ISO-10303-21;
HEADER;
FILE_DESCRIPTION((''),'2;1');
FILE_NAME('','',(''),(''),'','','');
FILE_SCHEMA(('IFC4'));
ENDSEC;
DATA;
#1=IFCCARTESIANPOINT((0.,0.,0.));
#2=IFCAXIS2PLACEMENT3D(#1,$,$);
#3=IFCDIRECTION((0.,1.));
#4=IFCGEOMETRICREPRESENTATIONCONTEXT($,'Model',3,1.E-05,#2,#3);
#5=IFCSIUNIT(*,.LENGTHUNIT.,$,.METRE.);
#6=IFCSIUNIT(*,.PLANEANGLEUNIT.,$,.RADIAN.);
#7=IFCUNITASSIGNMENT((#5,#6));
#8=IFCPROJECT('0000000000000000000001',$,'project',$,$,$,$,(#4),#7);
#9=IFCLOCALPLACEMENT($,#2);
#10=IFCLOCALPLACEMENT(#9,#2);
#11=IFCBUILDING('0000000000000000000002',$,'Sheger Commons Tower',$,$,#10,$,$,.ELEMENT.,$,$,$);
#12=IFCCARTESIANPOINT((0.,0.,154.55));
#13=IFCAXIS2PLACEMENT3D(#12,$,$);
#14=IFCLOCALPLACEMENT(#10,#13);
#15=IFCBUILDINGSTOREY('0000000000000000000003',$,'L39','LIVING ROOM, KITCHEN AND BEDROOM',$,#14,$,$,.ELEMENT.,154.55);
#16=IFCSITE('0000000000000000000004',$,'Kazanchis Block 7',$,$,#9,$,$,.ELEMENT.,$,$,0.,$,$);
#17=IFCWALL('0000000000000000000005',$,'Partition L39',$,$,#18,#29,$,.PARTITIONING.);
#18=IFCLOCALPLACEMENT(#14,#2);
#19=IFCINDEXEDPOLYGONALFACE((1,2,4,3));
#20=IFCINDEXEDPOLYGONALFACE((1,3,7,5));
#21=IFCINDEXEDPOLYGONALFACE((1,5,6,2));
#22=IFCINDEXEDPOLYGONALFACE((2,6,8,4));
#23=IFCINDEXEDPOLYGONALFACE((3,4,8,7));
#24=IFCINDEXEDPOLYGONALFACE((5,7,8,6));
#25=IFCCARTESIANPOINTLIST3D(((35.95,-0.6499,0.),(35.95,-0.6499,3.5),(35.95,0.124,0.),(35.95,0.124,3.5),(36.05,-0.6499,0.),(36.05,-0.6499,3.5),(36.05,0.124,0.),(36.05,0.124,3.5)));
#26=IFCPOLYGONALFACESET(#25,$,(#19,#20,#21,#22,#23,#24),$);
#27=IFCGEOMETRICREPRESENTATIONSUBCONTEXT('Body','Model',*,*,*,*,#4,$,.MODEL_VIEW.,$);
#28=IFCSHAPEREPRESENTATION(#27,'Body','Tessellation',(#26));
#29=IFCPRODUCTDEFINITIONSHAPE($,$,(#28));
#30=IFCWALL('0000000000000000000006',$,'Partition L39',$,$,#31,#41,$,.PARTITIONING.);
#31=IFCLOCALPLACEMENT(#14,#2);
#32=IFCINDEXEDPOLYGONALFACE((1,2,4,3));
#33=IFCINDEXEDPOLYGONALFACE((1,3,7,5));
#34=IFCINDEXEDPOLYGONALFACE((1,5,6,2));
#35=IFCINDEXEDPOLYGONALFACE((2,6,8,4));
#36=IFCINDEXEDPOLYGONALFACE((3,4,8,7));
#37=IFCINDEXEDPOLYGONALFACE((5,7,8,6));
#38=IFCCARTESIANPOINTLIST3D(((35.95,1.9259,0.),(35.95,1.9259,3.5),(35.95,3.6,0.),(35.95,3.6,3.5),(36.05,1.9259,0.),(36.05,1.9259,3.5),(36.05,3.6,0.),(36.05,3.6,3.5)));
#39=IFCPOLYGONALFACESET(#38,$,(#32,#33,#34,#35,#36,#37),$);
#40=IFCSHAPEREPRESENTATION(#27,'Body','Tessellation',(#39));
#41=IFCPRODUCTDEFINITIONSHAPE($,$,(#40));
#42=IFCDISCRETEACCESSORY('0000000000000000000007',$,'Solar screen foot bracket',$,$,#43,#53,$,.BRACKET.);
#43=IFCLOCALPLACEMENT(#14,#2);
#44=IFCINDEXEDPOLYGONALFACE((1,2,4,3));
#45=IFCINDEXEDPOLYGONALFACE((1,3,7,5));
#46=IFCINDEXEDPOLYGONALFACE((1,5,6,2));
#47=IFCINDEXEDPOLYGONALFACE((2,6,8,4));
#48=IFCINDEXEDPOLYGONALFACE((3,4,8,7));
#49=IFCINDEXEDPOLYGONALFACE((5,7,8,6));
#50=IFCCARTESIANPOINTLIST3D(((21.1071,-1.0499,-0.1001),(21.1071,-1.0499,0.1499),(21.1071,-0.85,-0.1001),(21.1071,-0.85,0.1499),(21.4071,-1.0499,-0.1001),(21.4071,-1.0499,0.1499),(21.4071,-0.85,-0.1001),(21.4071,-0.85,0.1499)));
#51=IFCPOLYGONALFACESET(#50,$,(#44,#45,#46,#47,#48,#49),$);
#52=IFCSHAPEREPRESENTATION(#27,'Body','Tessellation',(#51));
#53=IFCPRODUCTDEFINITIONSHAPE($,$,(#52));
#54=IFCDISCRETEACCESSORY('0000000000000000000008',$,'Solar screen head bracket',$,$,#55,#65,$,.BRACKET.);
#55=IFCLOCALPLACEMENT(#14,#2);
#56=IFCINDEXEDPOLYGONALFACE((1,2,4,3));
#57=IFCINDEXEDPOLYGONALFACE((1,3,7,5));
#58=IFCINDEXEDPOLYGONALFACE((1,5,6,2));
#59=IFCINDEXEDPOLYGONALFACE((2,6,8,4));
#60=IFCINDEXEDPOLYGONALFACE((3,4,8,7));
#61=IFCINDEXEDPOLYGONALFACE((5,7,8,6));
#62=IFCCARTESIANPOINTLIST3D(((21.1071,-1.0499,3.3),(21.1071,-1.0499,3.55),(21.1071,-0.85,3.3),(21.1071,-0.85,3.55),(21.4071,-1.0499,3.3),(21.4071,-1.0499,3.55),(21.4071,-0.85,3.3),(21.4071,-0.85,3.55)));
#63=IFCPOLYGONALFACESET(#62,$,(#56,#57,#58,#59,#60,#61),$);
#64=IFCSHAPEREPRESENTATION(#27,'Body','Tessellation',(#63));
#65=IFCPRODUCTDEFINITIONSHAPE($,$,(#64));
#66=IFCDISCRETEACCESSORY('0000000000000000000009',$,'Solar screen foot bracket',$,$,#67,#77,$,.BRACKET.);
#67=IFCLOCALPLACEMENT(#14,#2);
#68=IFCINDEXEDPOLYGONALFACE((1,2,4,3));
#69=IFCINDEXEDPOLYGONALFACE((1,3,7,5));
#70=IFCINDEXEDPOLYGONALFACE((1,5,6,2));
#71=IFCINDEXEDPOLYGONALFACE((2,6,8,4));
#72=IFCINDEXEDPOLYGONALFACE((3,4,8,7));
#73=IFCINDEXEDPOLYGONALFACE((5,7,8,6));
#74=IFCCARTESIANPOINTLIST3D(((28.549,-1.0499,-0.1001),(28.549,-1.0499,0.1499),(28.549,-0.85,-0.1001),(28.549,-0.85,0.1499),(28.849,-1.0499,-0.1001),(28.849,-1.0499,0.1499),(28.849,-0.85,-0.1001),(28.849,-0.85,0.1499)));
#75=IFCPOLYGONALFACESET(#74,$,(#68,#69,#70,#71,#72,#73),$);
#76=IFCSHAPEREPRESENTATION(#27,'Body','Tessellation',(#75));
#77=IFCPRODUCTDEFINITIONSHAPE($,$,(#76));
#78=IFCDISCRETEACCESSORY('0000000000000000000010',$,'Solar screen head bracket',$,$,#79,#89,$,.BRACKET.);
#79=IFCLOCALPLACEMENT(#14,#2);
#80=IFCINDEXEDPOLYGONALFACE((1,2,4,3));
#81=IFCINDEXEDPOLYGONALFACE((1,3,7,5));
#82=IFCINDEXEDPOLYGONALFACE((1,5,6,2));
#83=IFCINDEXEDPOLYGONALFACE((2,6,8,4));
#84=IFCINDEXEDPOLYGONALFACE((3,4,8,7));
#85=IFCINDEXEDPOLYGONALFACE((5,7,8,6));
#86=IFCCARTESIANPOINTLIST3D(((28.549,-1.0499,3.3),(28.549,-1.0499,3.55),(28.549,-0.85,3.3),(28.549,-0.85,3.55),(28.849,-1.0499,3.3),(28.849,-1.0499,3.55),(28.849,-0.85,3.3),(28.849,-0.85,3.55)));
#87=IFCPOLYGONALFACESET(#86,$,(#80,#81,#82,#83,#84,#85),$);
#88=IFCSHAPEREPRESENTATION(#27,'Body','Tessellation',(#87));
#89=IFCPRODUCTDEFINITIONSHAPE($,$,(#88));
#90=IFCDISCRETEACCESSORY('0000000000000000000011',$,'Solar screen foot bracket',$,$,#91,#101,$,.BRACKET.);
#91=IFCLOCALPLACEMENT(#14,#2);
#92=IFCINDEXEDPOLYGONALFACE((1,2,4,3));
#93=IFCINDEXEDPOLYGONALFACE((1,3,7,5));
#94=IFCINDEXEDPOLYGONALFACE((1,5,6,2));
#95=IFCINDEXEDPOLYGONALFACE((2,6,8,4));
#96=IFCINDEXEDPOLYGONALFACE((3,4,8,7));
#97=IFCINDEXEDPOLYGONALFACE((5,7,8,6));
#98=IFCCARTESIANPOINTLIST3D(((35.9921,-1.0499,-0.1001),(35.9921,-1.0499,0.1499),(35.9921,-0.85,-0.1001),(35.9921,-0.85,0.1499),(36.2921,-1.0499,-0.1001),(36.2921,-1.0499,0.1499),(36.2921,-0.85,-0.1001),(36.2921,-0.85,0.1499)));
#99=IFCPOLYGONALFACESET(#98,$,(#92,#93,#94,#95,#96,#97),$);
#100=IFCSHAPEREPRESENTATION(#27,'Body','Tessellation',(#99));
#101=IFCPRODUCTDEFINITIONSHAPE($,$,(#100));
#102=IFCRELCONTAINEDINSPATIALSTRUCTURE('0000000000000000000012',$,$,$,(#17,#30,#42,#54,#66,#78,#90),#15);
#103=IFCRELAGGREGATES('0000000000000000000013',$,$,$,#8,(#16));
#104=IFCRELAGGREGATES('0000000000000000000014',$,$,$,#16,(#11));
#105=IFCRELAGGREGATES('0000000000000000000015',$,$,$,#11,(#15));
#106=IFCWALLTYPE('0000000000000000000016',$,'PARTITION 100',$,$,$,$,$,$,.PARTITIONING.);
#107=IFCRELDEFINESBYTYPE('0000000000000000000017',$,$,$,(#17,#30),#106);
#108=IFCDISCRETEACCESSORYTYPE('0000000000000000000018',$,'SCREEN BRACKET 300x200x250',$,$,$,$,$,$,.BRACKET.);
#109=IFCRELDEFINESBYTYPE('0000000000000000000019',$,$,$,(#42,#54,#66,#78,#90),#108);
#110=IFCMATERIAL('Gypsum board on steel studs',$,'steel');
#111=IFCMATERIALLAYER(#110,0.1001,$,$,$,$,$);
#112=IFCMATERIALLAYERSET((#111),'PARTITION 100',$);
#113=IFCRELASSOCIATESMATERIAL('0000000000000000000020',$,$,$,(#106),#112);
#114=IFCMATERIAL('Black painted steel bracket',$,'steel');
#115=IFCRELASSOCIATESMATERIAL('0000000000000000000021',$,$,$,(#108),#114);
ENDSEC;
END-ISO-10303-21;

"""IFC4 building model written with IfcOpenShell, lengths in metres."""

from ifc_helpers import new_model, si_unit, direction, frame, frame_2d, origin, origin_2d, place, context, subcontext, project, spatial, rectangle, extrude, material, layer, layer_set, type_object, element, save


model = new_model("IFC4")

# Units and contexts
model_context = context("Model", 3, precision=1e-05, world=origin(), true_north=direction((0.0, 1.0)))
body_context = subcontext(model_context, "Body", "Model", "MODEL_VIEW")
ifc_project = project(units=[si_unit("LENGTHUNIT", "METRE"), si_unit("PLANEANGLEUNIT", "RADIAN")], contexts=[model_context])

# Site, building, storey
site_placement = place(None, origin())
site = spatial("IfcSite", under=ifc_project, at=site_placement, Name="Kazanchis Block 7", CompositionType="ELEMENT", RefElevation=0.0)
building_placement = place(site_placement, origin())
building = spatial("IfcBuilding", under=site, at=building_placement, Name="Sheger Commons Tower", CompositionType="ELEMENT")
storey_placement = place(building_placement, frame((0.0, 0.0, 154.55)))
storey = spatial("IfcBuildingStorey", under=building, at=storey_placement, Name="L39", Description="LIVING ROOM, KITCHEN AND BEDROOM", CompositionType="ELEMENT", Elevation=154.55)

# Shared definitions
ifc_material_1 = material(Name="Gypsum board on steel studs", Category="steel")
ifc_layer_1 = layer(ifc_material_1, 0.1001)
ifc_layer_set_1 = layer_set([ifc_layer_1], Name="PARTITION 100")
wall_type_1 = type_object("IfcWallType", Name="PARTITION 100", PredefinedType="PARTITIONING", material=ifc_layer_set_1)

# Walls
wall_1_placement = place(storey_placement, frame((36.0, -0.6499, 0.0), z_axis=(0.0, 0.0, 1.0), x_axis=(0.0, 1.0, 0.0)))
element("IfcWall", 1, at=wall_1_placement, inside=storey, type_object=wall_type_1, Name="Partition L39", PredefinedType="PARTITIONING", context=body_context, shape_type="SweptSolid", body=[
    extrude(rectangle(XDim=0.7739, YDim=0.1001, at=frame_2d((0.387, 0.0))), origin(), (0.0, 0.0, 1.0), 3.5),
])
wall_2_placement = place(storey_placement, frame((36.0, 1.926, 0.0), z_axis=(0.0, 0.0, 1.0), x_axis=(0.0, 1.0, 0.0)))
element("IfcWall", 2, at=wall_2_placement, inside=storey, type_object=wall_type_1, Name="Partition L39", PredefinedType="PARTITIONING", context=body_context, shape_type="SweptSolid", body=[
    extrude(rectangle(XDim=1.6741, YDim=0.1001, at=frame_2d((0.8369, 0.0))), origin(), (0.0, 0.0, 1.0), 3.5),
])

# Discrete accessories
ifc_material_2 = material(Name="Black painted steel bracket", Category="steel")
discrete_accessory_type = type_object("IfcDiscreteAccessoryType", Name="SCREEN BRACKET 300x200x250", PredefinedType="BRACKET", material=ifc_material_2)
for number, where, z_axis, x_axis, name in (
    (3, (21.2571, -0.95, -0.1001), (0.0, 0.0, 1.0), (1.0, 0.0, 0.0), "Solar screen foot bracket"),
    (4, (21.2571, -0.95, 3.3), (0.0, 0.0, 1.0), (1.0, 0.0, 0.0), "Solar screen head bracket"),
    (5, (28.699, -0.95, -0.1001), (0.0, 0.0, 1.0), (1.0, 0.0, 0.0), "Solar screen foot bracket"),
    (6, (28.699, -0.95, 3.3), (0.0, 0.0, 1.0), (1.0, 0.0, 0.0), "Solar screen head bracket"),
    (7, (36.1421, -0.95, -0.1001), (0.0, 0.0, 1.0), (1.0, 0.0, 0.0), "Solar screen foot bracket"),
):
    element("IfcDiscreteAccessory", number, at=place(storey_placement, frame(where, z_axis=z_axis, x_axis=x_axis)), inside=storey, type_object=discrete_accessory_type, Name=name, PredefinedType="BRACKET", context=body_context, shape_type="SweptSolid", body=[
        extrude(rectangle(XDim=0.3, YDim=0.2, at=origin_2d()), origin(), (0.0, 0.0, 1.0), 0.25),
    ])

save(model, "model.ifc")
